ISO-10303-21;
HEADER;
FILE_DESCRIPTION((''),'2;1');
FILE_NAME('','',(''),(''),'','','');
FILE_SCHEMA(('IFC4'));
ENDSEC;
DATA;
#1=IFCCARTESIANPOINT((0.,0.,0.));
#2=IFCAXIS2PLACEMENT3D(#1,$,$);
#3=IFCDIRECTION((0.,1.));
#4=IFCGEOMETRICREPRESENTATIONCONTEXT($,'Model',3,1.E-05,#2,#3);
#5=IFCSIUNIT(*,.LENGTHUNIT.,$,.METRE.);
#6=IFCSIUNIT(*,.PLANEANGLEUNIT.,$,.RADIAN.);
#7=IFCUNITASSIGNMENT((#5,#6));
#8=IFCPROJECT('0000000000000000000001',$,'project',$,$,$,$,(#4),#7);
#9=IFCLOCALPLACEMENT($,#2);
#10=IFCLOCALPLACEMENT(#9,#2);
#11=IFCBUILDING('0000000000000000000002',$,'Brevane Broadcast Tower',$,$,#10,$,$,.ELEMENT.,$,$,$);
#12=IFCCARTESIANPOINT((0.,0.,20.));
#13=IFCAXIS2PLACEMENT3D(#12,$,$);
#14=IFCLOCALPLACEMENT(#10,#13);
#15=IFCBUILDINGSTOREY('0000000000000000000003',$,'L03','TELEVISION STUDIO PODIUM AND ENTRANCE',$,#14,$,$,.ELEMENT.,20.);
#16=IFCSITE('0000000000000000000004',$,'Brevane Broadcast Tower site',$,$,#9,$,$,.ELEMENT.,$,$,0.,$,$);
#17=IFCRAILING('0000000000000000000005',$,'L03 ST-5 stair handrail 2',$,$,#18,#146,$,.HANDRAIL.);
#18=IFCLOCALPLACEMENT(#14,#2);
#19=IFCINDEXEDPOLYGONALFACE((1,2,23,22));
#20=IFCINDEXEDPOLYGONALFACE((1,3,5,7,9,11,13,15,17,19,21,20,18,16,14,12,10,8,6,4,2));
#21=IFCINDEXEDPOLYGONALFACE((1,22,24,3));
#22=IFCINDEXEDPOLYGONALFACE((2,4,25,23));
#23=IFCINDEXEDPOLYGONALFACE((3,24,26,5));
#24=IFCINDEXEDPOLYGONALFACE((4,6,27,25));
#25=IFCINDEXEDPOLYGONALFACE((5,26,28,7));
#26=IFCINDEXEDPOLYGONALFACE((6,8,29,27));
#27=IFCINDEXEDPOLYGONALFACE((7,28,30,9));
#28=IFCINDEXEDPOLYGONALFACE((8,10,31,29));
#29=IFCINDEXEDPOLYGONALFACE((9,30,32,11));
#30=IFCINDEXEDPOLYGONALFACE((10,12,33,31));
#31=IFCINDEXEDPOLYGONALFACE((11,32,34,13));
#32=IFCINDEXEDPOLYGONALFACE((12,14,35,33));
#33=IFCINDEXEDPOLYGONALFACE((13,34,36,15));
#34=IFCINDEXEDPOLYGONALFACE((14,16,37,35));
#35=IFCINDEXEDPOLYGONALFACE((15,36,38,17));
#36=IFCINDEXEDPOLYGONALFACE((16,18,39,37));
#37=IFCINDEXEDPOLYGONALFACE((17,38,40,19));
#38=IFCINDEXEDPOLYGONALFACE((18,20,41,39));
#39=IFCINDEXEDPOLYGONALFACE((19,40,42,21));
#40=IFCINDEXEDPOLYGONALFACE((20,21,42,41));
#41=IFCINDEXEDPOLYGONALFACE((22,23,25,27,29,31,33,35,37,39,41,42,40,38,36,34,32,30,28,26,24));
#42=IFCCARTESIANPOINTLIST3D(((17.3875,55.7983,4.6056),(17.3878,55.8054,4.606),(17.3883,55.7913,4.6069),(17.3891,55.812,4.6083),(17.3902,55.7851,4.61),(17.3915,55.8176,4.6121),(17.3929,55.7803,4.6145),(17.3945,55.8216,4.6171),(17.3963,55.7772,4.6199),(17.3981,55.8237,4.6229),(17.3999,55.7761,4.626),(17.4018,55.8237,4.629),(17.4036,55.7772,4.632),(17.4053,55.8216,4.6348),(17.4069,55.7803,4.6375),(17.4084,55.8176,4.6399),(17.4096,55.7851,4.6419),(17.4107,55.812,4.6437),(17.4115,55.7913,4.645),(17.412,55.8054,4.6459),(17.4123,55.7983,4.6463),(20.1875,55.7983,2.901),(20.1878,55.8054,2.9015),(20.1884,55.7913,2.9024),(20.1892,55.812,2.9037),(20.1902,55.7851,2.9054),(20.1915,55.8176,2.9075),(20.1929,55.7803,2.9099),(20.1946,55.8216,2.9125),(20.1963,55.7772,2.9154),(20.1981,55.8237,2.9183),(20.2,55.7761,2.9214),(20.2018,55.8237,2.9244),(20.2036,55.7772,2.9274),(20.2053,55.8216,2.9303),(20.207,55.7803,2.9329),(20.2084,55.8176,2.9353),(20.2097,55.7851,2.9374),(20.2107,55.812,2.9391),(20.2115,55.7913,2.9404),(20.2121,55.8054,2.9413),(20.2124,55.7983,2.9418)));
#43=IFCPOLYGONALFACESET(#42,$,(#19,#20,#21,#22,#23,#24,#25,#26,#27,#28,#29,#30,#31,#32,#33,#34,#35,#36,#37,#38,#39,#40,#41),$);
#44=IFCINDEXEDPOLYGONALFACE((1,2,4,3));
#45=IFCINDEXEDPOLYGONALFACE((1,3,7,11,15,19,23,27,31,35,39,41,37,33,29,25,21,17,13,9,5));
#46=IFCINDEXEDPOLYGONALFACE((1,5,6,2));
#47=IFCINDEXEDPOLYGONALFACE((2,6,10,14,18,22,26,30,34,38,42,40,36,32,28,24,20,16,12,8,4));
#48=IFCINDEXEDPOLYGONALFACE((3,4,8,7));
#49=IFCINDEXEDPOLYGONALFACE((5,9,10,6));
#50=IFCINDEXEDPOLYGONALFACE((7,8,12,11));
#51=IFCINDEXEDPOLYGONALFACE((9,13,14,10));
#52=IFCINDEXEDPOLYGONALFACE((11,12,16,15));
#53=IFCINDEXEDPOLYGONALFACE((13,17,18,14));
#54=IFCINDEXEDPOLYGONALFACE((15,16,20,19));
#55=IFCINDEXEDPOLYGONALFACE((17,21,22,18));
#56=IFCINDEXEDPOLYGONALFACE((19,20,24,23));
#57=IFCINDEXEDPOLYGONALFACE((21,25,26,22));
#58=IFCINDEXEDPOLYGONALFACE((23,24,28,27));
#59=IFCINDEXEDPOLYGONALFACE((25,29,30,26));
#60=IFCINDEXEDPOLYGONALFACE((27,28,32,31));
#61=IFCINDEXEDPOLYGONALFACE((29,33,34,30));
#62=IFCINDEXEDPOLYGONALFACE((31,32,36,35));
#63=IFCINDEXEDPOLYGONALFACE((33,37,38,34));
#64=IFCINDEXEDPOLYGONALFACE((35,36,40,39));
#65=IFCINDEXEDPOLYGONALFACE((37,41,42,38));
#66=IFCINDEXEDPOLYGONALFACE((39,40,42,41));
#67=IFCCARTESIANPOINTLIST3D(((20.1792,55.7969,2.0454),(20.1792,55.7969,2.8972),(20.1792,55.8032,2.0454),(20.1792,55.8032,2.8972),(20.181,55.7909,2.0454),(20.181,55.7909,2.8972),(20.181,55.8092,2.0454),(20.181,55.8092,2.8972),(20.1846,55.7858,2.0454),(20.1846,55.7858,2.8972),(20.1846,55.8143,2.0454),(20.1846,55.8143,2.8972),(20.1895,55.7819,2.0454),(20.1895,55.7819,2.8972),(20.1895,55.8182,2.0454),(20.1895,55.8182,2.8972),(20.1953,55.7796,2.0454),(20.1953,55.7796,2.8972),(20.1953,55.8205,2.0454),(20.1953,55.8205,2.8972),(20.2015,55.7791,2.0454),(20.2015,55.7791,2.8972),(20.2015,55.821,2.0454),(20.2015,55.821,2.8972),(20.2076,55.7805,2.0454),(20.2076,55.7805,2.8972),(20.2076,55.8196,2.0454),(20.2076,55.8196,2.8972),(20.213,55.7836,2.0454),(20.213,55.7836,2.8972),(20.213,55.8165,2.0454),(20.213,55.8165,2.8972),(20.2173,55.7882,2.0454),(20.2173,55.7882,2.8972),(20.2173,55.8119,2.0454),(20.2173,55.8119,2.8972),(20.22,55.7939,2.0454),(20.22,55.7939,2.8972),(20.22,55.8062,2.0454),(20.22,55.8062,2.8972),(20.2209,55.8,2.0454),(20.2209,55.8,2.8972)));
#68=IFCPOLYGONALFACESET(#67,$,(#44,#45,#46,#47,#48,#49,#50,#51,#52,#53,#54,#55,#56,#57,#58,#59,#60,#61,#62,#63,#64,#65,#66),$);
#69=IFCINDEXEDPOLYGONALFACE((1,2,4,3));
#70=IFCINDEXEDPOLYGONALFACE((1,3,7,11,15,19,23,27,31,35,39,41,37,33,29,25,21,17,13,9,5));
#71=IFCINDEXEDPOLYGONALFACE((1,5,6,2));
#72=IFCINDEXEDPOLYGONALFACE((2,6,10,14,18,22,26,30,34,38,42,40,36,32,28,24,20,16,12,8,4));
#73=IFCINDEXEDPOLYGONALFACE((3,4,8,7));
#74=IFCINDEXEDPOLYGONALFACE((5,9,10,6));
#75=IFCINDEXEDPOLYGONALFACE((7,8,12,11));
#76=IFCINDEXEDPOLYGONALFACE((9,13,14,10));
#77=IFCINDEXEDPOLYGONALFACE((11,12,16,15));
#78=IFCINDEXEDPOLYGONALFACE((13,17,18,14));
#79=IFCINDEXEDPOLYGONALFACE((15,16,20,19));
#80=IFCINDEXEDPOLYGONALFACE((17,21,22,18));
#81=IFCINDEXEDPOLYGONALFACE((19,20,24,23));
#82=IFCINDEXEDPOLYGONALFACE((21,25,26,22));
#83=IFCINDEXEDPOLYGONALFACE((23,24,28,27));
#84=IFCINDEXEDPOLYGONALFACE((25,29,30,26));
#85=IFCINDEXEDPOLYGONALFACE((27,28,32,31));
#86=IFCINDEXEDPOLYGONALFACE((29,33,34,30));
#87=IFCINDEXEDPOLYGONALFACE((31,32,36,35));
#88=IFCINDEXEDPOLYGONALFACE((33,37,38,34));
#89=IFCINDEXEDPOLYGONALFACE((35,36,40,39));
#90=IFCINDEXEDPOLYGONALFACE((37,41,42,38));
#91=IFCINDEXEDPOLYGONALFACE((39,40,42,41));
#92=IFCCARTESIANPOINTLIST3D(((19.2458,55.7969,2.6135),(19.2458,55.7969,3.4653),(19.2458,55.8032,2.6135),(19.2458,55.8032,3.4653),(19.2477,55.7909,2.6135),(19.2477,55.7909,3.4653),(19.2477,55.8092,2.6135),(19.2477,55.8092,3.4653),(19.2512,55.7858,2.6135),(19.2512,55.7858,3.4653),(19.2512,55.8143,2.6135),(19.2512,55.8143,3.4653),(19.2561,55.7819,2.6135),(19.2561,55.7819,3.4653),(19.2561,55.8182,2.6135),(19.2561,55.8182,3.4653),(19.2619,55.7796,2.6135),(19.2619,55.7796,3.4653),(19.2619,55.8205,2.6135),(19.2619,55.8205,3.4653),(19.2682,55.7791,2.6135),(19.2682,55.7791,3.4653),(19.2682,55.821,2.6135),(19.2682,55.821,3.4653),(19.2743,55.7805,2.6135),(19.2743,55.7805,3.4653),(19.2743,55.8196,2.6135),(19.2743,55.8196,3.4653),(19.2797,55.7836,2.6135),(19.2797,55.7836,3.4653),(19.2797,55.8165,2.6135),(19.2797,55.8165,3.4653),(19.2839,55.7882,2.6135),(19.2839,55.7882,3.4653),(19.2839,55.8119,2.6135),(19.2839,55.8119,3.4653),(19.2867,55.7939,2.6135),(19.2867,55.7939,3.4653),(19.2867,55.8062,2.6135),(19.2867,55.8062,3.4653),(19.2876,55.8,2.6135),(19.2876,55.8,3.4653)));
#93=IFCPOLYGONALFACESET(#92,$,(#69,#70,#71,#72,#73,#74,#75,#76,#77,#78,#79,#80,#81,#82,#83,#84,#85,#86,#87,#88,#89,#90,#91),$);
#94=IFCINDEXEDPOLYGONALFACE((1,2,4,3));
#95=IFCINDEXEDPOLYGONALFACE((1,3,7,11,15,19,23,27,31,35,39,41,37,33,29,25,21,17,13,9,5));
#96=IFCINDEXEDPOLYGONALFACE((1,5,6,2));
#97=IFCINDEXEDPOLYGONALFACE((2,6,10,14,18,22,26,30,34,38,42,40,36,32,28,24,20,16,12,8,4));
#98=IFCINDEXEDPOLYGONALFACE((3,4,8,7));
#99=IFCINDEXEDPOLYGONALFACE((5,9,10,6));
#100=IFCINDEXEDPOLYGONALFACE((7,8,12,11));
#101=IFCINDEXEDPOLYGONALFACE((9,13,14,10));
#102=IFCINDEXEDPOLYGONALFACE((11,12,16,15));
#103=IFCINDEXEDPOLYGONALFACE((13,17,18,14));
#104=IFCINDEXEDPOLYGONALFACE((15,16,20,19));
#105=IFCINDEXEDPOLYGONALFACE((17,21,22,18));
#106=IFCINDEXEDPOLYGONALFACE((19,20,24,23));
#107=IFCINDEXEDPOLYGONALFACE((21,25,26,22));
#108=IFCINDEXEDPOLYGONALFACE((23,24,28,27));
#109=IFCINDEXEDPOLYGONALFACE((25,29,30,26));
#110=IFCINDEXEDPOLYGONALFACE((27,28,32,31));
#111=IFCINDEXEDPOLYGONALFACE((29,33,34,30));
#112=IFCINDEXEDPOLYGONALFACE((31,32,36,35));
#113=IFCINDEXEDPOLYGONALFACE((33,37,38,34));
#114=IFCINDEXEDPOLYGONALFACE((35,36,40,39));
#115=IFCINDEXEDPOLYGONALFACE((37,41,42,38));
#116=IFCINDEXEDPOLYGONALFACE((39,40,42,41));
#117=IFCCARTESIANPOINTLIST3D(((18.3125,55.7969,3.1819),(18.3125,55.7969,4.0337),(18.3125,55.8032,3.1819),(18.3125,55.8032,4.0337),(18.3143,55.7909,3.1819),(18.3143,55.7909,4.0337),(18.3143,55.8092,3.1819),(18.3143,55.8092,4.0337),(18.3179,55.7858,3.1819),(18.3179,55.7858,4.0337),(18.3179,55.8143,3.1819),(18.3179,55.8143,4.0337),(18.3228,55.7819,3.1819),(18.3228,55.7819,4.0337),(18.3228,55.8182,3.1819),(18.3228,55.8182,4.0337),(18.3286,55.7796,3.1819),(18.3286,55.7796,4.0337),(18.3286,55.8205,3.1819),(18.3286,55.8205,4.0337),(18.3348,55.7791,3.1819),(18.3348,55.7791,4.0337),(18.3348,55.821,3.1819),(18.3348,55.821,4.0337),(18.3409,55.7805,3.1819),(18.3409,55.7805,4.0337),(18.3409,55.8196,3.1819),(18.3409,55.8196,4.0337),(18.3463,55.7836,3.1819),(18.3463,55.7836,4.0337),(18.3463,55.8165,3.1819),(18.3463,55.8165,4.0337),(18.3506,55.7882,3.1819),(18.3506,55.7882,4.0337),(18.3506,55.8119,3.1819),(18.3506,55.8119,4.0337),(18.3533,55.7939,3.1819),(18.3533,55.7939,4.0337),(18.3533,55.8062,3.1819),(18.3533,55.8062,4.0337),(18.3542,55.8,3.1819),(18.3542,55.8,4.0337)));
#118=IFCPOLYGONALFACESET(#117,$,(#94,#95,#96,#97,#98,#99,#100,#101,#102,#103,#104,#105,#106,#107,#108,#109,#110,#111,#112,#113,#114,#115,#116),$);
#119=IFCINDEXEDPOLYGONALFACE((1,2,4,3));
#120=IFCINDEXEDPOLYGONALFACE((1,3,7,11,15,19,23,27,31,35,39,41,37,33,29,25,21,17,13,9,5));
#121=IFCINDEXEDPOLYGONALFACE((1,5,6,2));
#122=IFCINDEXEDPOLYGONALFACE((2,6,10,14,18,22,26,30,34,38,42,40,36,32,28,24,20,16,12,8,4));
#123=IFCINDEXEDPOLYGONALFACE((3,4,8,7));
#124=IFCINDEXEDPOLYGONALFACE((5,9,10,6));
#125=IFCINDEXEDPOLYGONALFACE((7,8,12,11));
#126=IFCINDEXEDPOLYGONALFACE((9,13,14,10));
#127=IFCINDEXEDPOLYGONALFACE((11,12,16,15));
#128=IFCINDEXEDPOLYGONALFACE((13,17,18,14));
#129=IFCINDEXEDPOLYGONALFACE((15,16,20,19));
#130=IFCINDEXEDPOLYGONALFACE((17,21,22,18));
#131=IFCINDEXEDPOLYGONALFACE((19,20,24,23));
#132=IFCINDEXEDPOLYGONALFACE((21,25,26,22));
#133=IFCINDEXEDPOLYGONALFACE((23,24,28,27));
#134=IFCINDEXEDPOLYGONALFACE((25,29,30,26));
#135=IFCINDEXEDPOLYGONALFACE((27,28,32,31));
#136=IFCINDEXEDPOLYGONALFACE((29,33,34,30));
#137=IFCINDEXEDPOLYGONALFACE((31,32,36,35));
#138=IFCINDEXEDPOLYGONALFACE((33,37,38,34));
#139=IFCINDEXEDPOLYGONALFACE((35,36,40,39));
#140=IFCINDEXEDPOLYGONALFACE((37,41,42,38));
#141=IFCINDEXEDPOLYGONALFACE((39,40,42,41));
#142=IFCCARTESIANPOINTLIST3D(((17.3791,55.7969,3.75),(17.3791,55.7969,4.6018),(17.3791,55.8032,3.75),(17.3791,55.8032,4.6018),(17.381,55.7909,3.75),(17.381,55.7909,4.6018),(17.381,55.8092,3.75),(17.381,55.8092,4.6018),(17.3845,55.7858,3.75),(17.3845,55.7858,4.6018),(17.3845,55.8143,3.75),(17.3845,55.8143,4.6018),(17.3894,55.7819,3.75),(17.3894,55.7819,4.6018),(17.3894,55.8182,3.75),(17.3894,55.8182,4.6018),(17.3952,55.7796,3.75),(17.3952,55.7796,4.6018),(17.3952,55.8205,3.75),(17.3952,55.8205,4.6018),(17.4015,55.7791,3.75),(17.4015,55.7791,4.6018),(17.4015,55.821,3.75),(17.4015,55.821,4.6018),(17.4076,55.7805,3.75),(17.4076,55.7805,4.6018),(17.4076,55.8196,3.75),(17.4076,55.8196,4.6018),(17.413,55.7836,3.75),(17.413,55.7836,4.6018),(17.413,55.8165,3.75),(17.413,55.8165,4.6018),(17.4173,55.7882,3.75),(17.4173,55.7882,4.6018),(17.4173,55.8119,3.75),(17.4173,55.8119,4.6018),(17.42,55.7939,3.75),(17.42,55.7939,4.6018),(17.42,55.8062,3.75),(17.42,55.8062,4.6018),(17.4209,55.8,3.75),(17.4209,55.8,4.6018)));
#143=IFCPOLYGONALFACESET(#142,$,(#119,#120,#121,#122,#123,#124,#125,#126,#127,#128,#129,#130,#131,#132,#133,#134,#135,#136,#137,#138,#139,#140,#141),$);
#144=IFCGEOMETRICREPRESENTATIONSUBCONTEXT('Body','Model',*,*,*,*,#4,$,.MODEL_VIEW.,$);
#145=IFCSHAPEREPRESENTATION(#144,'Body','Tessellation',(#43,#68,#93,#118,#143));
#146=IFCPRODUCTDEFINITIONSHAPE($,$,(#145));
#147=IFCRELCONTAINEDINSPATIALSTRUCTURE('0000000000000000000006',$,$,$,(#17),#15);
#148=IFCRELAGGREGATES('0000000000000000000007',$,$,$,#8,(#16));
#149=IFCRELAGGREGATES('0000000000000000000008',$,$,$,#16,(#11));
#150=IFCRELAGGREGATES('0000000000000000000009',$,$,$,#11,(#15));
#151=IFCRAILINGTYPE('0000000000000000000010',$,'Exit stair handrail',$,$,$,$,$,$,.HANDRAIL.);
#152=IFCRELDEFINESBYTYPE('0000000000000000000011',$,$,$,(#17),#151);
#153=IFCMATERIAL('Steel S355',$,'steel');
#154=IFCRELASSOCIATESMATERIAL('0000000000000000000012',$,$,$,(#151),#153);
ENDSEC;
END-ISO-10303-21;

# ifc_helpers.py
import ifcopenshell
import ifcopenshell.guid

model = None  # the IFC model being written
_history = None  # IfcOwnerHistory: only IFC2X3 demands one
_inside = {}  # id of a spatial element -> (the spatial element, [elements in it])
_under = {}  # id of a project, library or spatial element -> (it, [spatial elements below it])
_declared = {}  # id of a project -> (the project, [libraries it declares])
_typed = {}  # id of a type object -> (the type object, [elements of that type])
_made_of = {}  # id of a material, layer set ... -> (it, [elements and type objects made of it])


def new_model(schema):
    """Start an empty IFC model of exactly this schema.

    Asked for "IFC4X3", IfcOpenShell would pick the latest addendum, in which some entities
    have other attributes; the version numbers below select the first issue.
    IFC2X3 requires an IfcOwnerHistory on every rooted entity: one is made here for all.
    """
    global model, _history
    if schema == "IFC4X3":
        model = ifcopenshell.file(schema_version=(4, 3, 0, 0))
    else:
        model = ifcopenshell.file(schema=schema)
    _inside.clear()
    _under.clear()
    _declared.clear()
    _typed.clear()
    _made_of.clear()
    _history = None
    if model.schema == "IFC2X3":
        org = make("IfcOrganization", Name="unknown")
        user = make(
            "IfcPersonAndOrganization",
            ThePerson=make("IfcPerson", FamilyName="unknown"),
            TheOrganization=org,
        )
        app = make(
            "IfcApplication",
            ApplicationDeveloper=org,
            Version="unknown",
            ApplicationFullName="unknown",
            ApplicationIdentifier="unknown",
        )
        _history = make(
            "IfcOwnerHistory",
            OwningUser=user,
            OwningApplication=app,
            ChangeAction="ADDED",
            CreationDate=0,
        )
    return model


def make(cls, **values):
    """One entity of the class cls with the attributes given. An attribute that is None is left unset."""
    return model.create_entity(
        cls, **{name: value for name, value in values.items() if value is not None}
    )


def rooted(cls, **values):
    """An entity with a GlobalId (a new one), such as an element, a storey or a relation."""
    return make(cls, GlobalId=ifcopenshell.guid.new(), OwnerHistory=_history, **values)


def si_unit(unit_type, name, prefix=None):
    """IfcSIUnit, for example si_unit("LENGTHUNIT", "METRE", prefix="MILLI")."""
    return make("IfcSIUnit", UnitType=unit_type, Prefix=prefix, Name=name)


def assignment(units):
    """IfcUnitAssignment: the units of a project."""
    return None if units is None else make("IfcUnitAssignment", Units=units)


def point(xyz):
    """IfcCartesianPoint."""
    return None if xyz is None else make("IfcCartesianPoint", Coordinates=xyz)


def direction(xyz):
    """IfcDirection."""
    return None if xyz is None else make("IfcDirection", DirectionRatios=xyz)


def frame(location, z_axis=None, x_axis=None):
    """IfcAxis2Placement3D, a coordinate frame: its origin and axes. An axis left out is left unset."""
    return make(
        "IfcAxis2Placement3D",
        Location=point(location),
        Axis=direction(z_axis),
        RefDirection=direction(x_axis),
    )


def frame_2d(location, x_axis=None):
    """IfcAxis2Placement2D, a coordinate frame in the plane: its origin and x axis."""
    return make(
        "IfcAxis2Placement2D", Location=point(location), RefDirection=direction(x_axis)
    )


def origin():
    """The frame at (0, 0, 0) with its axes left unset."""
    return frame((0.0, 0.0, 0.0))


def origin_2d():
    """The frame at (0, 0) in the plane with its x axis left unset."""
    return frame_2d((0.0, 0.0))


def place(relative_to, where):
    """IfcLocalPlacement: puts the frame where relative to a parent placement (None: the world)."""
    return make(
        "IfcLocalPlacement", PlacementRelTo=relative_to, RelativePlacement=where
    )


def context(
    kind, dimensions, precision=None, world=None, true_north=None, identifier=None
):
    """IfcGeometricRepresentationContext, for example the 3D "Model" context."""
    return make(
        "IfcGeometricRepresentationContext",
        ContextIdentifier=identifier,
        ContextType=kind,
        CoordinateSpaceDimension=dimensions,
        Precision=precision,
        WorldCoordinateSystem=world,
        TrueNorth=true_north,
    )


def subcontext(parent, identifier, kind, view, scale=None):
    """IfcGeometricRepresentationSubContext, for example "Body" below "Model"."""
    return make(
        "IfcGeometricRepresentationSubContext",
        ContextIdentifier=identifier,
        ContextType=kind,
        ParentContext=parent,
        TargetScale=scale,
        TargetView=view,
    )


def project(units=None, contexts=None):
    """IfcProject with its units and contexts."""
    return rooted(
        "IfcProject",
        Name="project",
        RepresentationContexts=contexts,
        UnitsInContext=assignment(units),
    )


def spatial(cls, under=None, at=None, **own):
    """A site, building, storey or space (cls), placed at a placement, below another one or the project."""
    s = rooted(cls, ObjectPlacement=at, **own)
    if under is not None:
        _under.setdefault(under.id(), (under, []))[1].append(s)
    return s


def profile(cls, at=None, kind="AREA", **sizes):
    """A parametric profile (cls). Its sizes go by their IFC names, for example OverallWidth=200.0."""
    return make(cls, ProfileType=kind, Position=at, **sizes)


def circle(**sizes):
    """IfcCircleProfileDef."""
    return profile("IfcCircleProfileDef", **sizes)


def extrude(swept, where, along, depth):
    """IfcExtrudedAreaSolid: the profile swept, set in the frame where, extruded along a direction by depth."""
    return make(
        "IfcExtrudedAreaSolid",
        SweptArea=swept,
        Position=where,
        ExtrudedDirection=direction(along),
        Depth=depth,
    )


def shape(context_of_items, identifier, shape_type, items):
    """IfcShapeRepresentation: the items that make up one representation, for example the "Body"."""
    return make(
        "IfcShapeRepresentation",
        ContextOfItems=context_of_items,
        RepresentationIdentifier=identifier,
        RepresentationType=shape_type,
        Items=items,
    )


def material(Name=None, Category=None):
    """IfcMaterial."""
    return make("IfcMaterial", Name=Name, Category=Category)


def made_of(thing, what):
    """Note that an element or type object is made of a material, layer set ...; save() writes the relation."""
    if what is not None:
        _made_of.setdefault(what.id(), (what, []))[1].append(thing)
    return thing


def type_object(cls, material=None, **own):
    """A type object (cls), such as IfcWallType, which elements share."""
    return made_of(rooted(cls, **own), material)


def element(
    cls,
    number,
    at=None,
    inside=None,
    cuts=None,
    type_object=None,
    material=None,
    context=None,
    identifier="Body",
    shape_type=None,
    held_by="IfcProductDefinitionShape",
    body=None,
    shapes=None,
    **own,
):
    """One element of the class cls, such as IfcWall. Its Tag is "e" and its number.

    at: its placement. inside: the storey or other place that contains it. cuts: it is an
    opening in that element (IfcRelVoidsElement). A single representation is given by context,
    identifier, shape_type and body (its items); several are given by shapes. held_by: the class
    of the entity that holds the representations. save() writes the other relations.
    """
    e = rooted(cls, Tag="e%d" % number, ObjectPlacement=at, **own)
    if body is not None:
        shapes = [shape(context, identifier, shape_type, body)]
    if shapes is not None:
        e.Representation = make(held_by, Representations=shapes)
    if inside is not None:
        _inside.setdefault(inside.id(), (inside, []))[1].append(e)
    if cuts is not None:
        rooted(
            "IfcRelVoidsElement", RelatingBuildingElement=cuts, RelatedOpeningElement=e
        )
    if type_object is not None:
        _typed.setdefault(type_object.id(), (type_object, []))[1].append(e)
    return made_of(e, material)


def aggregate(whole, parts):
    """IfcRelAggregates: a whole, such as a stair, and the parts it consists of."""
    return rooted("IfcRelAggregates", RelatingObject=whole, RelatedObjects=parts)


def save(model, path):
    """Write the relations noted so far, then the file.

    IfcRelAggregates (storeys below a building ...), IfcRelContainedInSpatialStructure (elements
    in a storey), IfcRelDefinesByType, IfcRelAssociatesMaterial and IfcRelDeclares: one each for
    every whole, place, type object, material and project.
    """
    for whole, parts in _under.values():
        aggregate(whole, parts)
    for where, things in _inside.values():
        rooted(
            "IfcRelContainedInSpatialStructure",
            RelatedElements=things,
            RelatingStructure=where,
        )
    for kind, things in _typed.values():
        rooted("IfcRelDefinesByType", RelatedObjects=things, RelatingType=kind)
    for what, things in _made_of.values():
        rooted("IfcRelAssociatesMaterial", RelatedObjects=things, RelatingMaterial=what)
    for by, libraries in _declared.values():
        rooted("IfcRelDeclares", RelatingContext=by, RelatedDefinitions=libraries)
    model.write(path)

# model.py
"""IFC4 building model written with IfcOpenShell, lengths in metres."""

from ifc_helpers import new_model, si_unit, direction, frame, origin, origin_2d, place, context, subcontext, project, spatial, circle, extrude, material, type_object, element, save


model = new_model("IFC4")

# Units and contexts
model_context = context("Model", 3, precision=1e-05, world=origin(), true_north=direction((0.0, 1.0)))
body_context = subcontext(model_context, "Body", "Model", "MODEL_VIEW")
ifc_project = project(units=[si_unit("LENGTHUNIT", "METRE"), si_unit("PLANEANGLEUNIT", "RADIAN")], contexts=[model_context])

# Site, building, storey
site_placement = place(None, origin())
site = spatial("IfcSite", under=ifc_project, at=site_placement, Name="Brevane Broadcast Tower site", CompositionType="ELEMENT", RefElevation=0.0)
building_placement = place(site_placement, origin())
building = spatial("IfcBuilding", under=site, at=building_placement, Name="Brevane Broadcast Tower", CompositionType="ELEMENT")
storey_placement = place(building_placement, frame((0.0, 0.0, 20.0)))
storey = spatial("IfcBuildingStorey", under=building, at=storey_placement, Name="L03", Description="TELEVISION STUDIO PODIUM AND ENTRANCE", CompositionType="ELEMENT", Elevation=20.0)

# Railing
ifc_material_1 = material(Name="Steel S355", Category="steel")
railing_type_1 = type_object("IfcRailingType", Name="Exit stair handrail", PredefinedType="HANDRAIL", material=ifc_material_1)
for number, where, name in (
    (1, (20.2, 55.8, 2.0454), "L03 ST-5 stair handrail 2"),
):
    element("IfcRailing", number, at=place(storey_placement, frame(where)), inside=storey, type_object=railing_type_1, Name=name, PredefinedType="HANDRAIL", context=body_context, shape_type="SweptSolid", body=[
        extrude(circle(Radius=0.0239, at=origin_2d()), frame((0.0, 0.0, 0.876), z_axis=(-0.85417, 0.0, 0.519994), x_axis=(0.0, -1.0, 0.0)), (0.0, 0.0, 1.0), 3.2781),
        extrude(circle(Radius=0.021, at=origin_2d()), origin(), (0.0, 0.0, 1.0), 0.8518),
        extrude(circle(Radius=0.021, at=origin_2d()), frame((-0.9333, 0.0, 0.5681)), (0.0, 0.0, 1.0), 0.8518),
        extrude(circle(Radius=0.021, at=origin_2d()), frame((-1.8667, 0.0, 1.1365)), (0.0, 0.0, 1.0), 0.8518),
        extrude(circle(Radius=0.021, at=origin_2d()), frame((-2.8, 0.0, 1.7046)), (0.0, 0.0, 1.0), 0.8518),
    ])

save(model, "model.ifc")
